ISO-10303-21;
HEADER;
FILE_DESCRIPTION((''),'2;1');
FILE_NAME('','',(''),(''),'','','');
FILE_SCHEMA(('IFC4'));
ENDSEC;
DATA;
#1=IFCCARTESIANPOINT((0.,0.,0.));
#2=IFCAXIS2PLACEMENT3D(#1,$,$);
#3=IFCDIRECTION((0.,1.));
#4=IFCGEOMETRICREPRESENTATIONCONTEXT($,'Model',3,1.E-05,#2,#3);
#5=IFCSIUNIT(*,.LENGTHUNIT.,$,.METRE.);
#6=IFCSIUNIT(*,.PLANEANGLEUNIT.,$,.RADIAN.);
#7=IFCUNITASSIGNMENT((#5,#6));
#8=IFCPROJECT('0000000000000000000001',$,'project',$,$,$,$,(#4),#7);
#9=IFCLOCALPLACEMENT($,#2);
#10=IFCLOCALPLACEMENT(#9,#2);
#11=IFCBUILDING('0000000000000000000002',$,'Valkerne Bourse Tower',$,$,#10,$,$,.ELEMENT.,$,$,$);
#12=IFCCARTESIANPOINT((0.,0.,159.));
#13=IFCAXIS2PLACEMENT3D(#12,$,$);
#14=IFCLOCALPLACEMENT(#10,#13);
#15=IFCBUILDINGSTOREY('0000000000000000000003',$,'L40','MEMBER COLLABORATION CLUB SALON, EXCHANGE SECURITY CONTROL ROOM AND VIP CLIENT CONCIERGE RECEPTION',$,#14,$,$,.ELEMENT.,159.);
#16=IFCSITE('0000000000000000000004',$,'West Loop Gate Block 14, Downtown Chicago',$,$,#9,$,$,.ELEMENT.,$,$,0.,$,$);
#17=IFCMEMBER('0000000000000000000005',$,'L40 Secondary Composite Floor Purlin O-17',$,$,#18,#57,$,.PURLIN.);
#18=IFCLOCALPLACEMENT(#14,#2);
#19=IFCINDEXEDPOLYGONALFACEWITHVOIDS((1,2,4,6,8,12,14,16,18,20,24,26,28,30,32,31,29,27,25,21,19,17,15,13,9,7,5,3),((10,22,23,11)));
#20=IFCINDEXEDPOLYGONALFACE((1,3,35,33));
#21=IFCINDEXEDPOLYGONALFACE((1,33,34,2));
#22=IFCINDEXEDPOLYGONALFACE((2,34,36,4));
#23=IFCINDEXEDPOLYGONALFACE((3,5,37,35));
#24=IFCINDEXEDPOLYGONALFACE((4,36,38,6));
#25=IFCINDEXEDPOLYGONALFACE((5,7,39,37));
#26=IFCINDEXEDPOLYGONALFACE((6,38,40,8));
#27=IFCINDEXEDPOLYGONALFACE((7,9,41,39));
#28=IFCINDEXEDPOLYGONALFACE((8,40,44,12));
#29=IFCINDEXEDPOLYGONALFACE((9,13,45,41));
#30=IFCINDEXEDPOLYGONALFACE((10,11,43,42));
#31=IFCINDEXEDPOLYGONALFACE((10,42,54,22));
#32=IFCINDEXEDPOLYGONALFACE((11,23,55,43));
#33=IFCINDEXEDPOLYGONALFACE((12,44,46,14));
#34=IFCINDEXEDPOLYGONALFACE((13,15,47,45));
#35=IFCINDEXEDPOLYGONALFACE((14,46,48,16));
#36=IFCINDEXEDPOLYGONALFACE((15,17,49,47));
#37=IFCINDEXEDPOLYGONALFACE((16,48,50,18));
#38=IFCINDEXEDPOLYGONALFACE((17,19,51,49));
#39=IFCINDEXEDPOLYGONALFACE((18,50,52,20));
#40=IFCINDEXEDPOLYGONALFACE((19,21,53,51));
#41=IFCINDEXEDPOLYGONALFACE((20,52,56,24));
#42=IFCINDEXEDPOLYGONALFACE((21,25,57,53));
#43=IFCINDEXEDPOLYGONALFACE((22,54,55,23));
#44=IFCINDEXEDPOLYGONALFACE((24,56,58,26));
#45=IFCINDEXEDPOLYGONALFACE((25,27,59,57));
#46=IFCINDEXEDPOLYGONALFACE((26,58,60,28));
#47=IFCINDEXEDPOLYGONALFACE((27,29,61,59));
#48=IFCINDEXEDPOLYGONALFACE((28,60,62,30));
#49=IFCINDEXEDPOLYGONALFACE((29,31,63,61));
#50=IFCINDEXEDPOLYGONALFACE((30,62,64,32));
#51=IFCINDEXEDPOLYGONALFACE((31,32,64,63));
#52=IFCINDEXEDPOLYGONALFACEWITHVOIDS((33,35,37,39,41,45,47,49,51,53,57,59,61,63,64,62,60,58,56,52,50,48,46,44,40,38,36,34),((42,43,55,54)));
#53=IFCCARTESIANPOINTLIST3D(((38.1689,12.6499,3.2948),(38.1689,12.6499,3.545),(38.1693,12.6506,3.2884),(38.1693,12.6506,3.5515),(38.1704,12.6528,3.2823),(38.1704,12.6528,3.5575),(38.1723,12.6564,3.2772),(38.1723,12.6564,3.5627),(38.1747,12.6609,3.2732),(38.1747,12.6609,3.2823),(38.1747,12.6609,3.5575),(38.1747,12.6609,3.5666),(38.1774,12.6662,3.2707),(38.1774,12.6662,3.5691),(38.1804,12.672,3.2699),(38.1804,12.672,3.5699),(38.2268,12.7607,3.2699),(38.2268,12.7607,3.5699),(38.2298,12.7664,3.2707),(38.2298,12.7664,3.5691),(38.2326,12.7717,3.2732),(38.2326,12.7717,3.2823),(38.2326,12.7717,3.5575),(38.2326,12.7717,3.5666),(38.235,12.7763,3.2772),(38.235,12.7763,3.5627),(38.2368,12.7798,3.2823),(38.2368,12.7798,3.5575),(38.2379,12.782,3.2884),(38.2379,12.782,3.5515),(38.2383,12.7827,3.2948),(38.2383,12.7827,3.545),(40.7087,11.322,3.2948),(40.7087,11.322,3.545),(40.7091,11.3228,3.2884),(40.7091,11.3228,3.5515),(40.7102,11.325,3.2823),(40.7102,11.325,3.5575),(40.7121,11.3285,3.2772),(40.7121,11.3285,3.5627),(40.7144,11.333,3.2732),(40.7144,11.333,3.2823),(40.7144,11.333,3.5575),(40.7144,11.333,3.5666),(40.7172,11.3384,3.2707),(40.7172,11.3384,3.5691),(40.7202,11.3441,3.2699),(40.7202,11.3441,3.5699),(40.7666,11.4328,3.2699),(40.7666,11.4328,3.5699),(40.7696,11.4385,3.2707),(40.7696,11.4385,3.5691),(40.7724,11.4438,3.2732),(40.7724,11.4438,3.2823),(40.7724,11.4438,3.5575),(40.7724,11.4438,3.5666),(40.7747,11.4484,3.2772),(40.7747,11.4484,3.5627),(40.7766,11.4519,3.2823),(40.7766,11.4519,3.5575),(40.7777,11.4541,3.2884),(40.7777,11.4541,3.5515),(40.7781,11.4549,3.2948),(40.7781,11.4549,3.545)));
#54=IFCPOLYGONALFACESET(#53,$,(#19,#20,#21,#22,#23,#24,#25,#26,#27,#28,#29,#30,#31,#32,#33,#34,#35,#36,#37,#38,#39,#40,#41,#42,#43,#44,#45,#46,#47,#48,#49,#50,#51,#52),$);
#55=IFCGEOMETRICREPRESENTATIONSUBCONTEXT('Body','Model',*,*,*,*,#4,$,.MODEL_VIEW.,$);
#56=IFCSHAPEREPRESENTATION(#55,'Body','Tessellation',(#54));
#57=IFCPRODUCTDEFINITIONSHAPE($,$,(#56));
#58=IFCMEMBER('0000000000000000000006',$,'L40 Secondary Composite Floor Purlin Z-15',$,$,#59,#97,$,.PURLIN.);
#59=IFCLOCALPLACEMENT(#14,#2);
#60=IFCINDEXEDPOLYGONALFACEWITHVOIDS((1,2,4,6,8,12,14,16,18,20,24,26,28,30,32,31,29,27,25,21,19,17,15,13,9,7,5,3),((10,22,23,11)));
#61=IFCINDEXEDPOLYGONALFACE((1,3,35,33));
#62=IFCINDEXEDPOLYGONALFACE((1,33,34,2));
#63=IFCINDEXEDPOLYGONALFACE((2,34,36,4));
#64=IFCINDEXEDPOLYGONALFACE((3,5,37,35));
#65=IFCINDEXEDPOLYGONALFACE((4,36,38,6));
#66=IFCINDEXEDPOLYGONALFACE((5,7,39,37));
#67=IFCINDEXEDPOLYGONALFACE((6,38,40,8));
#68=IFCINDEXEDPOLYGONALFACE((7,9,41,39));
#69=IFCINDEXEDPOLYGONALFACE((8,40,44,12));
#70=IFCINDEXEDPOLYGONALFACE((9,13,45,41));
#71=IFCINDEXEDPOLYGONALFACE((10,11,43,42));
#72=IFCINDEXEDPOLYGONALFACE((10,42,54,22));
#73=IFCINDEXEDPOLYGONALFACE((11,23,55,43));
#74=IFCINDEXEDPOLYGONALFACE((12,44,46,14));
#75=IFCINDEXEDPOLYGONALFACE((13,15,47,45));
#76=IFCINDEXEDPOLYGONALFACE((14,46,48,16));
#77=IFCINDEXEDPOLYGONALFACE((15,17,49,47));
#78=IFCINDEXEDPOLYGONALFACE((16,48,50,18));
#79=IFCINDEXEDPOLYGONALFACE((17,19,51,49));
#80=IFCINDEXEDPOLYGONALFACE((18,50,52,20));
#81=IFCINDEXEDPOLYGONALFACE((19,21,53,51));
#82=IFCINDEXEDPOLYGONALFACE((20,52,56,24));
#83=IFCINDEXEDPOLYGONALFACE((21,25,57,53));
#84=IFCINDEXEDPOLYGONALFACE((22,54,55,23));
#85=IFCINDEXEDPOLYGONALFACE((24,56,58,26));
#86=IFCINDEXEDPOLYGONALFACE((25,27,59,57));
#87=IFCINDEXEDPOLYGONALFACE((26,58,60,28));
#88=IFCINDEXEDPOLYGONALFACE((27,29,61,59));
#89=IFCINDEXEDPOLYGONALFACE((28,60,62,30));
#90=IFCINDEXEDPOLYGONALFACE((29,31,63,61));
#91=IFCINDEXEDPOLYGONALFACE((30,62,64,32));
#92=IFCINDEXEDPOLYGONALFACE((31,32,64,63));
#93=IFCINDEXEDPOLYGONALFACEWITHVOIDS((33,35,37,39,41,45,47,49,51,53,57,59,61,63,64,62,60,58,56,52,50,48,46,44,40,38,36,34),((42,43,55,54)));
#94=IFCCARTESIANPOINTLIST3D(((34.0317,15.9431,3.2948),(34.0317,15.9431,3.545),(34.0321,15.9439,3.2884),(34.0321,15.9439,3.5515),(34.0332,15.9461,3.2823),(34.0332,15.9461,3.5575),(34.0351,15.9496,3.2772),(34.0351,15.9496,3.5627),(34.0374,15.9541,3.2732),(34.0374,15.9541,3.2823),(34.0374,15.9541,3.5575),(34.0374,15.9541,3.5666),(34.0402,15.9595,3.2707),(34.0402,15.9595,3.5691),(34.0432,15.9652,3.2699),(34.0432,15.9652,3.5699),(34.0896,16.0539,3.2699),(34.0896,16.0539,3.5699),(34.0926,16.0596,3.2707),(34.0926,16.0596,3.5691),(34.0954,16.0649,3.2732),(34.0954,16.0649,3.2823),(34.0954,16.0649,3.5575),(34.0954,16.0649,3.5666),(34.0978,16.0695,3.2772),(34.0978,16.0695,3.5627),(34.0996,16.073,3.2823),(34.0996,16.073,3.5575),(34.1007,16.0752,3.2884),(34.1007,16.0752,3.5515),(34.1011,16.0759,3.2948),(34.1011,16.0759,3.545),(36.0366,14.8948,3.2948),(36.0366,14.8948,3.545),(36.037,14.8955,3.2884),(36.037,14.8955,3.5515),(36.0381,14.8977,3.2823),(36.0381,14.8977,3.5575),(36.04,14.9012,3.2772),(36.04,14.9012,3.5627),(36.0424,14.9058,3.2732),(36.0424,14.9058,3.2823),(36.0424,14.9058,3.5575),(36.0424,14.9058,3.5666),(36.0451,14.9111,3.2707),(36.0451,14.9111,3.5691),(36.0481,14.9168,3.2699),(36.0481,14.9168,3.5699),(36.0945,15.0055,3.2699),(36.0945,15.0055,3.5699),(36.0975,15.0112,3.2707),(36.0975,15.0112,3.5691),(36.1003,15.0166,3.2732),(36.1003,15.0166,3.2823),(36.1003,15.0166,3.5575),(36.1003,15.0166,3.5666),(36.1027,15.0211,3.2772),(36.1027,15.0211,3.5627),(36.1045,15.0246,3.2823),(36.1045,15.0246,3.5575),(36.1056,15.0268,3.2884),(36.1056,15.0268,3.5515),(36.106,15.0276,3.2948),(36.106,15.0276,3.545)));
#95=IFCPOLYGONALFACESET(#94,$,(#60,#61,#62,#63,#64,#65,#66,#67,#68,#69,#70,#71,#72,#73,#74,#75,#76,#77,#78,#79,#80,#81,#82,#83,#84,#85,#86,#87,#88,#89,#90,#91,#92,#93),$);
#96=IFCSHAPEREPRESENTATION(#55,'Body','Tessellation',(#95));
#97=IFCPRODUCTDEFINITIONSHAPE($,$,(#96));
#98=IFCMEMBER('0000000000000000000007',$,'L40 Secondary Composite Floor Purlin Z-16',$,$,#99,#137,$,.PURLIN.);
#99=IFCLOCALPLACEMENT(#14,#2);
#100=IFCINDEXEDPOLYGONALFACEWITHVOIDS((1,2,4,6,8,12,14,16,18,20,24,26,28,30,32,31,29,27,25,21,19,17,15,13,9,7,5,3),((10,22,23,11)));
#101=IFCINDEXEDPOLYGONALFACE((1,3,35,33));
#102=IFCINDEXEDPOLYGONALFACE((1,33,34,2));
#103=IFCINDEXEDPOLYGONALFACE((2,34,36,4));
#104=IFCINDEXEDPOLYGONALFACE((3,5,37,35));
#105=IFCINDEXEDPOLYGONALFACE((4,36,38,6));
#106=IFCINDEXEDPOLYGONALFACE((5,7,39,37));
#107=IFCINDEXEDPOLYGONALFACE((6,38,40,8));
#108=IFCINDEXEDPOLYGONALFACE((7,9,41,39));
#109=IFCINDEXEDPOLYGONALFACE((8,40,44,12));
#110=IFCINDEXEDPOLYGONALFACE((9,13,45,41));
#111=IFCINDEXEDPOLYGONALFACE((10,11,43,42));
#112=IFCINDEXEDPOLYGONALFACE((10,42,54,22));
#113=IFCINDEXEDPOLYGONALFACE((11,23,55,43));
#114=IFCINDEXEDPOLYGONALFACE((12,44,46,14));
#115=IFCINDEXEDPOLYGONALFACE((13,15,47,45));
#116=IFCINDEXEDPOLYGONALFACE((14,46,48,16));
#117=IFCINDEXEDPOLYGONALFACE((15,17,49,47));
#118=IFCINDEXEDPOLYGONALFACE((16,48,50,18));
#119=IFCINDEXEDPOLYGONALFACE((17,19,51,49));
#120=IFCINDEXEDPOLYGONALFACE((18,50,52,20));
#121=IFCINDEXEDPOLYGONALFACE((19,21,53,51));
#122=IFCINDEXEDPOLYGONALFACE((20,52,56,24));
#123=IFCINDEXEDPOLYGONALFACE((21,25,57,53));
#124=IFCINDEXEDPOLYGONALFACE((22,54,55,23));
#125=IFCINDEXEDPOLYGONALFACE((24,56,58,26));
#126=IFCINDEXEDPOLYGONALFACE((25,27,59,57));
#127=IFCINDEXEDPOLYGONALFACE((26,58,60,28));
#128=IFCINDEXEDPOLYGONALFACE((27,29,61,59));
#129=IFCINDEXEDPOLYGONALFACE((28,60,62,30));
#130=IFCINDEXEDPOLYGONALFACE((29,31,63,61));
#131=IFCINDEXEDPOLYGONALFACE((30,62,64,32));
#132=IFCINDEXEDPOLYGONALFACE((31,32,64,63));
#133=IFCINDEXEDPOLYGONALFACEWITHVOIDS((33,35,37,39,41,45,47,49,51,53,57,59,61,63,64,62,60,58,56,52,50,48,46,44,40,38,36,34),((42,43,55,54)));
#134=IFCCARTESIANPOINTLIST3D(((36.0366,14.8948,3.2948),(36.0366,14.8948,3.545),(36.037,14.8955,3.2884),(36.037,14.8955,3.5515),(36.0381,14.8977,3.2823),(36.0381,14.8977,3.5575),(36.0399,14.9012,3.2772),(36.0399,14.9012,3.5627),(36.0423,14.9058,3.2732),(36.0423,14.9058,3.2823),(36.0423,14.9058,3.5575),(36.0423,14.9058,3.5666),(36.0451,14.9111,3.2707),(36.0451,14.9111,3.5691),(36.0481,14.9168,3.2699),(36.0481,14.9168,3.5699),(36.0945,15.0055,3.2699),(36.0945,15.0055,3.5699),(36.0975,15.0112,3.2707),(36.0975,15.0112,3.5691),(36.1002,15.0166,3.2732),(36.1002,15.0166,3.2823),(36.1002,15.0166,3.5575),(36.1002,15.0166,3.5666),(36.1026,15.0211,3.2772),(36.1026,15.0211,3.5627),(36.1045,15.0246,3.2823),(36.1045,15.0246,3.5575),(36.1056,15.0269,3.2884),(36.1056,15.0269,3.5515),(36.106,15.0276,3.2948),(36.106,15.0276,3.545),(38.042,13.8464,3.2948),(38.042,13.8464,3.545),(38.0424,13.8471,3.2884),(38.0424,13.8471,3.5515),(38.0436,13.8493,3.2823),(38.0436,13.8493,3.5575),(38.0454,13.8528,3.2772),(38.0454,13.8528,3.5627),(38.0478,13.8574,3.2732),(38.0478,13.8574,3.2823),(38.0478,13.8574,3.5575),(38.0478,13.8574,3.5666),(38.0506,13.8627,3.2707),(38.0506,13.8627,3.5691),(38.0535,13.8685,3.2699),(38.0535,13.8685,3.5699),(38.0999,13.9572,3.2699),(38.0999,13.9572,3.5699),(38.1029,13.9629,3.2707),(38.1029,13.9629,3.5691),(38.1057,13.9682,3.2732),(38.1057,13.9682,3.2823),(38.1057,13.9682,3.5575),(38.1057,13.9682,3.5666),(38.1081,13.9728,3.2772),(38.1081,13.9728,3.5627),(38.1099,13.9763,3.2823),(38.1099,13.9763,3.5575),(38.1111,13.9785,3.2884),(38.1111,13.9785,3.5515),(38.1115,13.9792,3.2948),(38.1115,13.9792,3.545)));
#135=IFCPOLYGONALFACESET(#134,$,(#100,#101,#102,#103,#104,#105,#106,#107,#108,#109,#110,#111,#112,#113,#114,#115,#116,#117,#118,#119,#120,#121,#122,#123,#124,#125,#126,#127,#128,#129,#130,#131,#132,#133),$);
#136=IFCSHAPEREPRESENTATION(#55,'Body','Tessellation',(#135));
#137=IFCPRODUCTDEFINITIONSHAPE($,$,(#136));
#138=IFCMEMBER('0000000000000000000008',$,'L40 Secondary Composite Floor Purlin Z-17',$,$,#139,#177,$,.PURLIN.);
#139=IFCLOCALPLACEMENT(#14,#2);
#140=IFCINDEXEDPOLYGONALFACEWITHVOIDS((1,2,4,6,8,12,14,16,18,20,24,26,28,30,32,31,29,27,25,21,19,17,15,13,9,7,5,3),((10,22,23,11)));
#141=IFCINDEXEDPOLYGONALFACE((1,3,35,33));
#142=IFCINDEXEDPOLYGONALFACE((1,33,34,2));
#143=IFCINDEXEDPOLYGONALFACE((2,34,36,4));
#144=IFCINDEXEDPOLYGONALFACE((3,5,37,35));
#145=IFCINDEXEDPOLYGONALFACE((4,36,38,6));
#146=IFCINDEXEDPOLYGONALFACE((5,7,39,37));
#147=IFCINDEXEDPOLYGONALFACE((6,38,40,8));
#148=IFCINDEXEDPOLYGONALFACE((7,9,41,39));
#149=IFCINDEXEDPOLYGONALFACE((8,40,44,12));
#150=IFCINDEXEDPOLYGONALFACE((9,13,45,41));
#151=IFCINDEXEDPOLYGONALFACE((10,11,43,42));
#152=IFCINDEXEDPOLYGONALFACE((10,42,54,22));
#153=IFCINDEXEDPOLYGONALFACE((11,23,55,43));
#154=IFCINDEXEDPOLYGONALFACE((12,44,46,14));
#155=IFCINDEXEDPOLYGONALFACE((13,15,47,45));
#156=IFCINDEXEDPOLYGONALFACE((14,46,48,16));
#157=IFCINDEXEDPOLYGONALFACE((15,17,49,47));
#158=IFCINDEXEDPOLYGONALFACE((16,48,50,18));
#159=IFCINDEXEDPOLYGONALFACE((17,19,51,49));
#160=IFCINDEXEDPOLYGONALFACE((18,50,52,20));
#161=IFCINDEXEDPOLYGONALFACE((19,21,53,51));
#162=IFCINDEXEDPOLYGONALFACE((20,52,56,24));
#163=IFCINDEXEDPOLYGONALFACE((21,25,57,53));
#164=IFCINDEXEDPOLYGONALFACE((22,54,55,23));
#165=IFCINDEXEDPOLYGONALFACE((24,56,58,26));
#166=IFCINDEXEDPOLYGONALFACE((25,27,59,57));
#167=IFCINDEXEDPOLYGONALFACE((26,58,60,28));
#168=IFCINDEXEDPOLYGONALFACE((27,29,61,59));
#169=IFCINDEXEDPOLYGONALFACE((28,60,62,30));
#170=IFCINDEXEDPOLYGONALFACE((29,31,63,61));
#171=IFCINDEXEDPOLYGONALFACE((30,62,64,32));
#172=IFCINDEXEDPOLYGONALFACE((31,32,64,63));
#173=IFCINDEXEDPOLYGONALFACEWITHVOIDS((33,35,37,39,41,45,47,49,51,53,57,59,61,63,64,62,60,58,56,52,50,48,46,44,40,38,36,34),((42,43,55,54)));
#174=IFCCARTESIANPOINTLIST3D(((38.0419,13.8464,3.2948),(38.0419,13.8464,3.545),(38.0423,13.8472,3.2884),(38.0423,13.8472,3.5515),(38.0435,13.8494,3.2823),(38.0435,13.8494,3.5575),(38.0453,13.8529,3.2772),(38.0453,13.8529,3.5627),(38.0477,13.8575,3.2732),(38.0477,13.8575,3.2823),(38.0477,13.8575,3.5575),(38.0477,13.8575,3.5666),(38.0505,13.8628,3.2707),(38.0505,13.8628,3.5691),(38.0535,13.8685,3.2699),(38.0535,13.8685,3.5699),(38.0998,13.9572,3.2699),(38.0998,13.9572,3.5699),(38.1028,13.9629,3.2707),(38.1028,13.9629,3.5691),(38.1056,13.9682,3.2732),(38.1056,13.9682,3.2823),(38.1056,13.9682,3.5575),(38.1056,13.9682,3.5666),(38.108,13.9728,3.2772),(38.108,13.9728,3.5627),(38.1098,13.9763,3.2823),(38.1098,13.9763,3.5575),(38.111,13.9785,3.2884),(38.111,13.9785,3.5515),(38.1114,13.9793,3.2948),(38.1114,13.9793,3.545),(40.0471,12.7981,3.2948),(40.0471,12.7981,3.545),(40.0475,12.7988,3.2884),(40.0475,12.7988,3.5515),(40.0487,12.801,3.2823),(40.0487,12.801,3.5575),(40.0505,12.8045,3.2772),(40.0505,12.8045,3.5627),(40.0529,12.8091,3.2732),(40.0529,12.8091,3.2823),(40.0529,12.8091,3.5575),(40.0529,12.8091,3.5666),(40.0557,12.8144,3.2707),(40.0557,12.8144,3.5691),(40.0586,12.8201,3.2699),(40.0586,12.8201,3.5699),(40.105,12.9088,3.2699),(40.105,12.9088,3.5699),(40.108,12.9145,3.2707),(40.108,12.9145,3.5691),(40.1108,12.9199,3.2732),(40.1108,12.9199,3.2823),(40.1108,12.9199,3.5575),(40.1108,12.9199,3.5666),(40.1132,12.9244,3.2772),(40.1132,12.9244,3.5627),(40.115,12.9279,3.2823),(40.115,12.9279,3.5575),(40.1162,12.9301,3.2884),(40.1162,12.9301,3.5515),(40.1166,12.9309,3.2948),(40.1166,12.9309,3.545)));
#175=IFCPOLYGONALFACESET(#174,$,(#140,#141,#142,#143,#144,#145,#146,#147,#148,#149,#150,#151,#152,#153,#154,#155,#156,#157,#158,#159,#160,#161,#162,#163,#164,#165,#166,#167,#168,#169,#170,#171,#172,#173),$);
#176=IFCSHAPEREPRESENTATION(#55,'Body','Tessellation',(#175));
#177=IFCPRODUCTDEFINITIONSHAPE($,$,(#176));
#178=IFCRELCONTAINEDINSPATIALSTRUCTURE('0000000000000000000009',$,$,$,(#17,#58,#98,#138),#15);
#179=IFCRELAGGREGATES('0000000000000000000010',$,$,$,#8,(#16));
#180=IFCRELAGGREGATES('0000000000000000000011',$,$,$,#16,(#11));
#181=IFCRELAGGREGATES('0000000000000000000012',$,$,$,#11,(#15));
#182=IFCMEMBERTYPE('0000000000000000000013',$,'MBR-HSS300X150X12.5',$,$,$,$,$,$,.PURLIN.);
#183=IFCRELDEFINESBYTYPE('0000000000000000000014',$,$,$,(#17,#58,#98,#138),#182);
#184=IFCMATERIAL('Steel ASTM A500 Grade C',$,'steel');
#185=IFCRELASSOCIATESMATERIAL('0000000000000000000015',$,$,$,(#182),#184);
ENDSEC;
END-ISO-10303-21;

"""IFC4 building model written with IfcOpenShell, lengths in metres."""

from ifc_helpers import new_model, si_unit, direction, frame, origin, origin_2d, place, context, subcontext, project, spatial, hollow_rectangle, extrude, material, material_profile, profile_set, type_object, element, save


model = new_model("IFC4")

# Units and contexts
model_context = context("Model", 3, precision=1e-05, world=origin(), true_north=direction((0.0, 1.0)))
body_context = subcontext(model_context, "Body", "Model", "MODEL_VIEW")
ifc_project = project(units=[si_unit("LENGTHUNIT", "METRE"), si_unit("PLANEANGLEUNIT", "RADIAN")], contexts=[model_context])

# Site, building, storey
site_placement = place(None, origin())
site = spatial("IfcSite", under=ifc_project, at=site_placement, Name="West Loop Gate Block 14, Downtown Chicago", CompositionType="ELEMENT", RefElevation=0.0)
building_placement = place(site_placement, origin())
building = spatial("IfcBuilding", under=site, at=building_placement, Name="Valkerne Bourse Tower", CompositionType="ELEMENT")
storey_placement = place(building_placement, frame((0.0, 0.0, 159.0)))
storey = spatial("IfcBuildingStorey", under=building, at=storey_placement, Name="L40", Description="MEMBER COLLABORATION CLUB SALON, EXCHANGE SECURITY CONTROL ROOM AND VIP CLIENT CONCIERGE RECEPTION", CompositionType="ELEMENT", Elevation=159.0)

# Members
ifc_material_1 = material(Name="Steel ASTM A500 Grade C", Category="steel")
ifc_material_profile_1 = material_profile(ifc_material_1, hollow_rectangle(XDim=0.1499, YDim=0.3, WallThickness=0.0125, OuterFilletRadius=0.0249, at=origin_2d()), Name="HSS300X150X12.5")
ifc_profile_set_1 = profile_set([ifc_material_profile_1], Name="Steel ASTM A500 Grade C")
member_type_1 = type_object("IfcMemberType", Name="MBR-HSS300X150X12.5", PredefinedType="PURLIN", material=ifc_profile_set_1)
for number, where, z_axis, x_axis, name in (
    (1, (38.2036, 12.7163, 3.4199), (0.886188, -0.463326, 0.0), (0.463326, 0.886188, 0.0), "L40 Secondary Composite Floor Purlin O-17"),
):
    element("IfcMember", number, at=place(storey_placement, frame(where, z_axis=z_axis, x_axis=x_axis)), inside=storey, type_object=member_type_1, Name=name, PredefinedType="PURLIN", context=body_context, shape_type="SweptSolid", body=[
        extrude(hollow_rectangle(XDim=0.1499, YDim=0.3, WallThickness=0.0125, OuterFilletRadius=0.0249, at=origin_2d()), origin(), (0.0, 0.0, 1.0), 2.866),
    ])
member_1_placement = place(storey_placement, frame((34.0664, 16.0095, 3.4199), z_axis=(0.886165, -0.46337, 0.0), x_axis=(0.46337, 0.886165, 0.0)))
element("IfcMember", 2, at=member_1_placement, inside=storey, type_object=member_type_1, Name="L40 Secondary Composite Floor Purlin Z-15", PredefinedType="PURLIN", context=body_context, shape_type="SweptSolid", body=[
    extrude(hollow_rectangle(XDim=0.1499, YDim=0.3, WallThickness=0.0125, OuterFilletRadius=0.0249, at=origin_2d()), origin(), (0.0, 0.0, 1.0), 2.2625),
])
member_2_placement = place(storey_placement, frame((36.0713, 14.9612, 3.4199), z_axis=(0.886211, -0.463281, 0.0), x_axis=(0.463281, 0.886211, 0.0)))
element("IfcMember", 3, at=member_2_placement, inside=storey, type_object=member_type_1, Name="L40 Secondary Composite Floor Purlin Z-16", PredefinedType="PURLIN", context=body_context, shape_type="SweptSolid", body=[
    extrude(hollow_rectangle(XDim=0.1499, YDim=0.3, WallThickness=0.0125, OuterFilletRadius=0.0249, at=origin_2d()), origin(), (0.0, 0.0, 1.0), 2.2629),
])
member_3_placement = place(storey_placement, frame((38.0767, 13.9128, 3.4199), z_axis=(0.886188, -0.463325, 0.0), x_axis=(0.463325, 0.886188, 0.0)))
element("IfcMember", 4, at=member_3_placement, inside=storey, type_object=member_type_1, Name="L40 Secondary Composite Floor Purlin Z-17", PredefinedType="PURLIN", context=body_context, shape_type="SweptSolid", body=[
    extrude(hollow_rectangle(XDim=0.1499, YDim=0.3, WallThickness=0.0125, OuterFilletRadius=0.0249, at=origin_2d()), origin(), (0.0, 0.0, 1.0), 2.2627),
])

save(model, "model.ifc")
